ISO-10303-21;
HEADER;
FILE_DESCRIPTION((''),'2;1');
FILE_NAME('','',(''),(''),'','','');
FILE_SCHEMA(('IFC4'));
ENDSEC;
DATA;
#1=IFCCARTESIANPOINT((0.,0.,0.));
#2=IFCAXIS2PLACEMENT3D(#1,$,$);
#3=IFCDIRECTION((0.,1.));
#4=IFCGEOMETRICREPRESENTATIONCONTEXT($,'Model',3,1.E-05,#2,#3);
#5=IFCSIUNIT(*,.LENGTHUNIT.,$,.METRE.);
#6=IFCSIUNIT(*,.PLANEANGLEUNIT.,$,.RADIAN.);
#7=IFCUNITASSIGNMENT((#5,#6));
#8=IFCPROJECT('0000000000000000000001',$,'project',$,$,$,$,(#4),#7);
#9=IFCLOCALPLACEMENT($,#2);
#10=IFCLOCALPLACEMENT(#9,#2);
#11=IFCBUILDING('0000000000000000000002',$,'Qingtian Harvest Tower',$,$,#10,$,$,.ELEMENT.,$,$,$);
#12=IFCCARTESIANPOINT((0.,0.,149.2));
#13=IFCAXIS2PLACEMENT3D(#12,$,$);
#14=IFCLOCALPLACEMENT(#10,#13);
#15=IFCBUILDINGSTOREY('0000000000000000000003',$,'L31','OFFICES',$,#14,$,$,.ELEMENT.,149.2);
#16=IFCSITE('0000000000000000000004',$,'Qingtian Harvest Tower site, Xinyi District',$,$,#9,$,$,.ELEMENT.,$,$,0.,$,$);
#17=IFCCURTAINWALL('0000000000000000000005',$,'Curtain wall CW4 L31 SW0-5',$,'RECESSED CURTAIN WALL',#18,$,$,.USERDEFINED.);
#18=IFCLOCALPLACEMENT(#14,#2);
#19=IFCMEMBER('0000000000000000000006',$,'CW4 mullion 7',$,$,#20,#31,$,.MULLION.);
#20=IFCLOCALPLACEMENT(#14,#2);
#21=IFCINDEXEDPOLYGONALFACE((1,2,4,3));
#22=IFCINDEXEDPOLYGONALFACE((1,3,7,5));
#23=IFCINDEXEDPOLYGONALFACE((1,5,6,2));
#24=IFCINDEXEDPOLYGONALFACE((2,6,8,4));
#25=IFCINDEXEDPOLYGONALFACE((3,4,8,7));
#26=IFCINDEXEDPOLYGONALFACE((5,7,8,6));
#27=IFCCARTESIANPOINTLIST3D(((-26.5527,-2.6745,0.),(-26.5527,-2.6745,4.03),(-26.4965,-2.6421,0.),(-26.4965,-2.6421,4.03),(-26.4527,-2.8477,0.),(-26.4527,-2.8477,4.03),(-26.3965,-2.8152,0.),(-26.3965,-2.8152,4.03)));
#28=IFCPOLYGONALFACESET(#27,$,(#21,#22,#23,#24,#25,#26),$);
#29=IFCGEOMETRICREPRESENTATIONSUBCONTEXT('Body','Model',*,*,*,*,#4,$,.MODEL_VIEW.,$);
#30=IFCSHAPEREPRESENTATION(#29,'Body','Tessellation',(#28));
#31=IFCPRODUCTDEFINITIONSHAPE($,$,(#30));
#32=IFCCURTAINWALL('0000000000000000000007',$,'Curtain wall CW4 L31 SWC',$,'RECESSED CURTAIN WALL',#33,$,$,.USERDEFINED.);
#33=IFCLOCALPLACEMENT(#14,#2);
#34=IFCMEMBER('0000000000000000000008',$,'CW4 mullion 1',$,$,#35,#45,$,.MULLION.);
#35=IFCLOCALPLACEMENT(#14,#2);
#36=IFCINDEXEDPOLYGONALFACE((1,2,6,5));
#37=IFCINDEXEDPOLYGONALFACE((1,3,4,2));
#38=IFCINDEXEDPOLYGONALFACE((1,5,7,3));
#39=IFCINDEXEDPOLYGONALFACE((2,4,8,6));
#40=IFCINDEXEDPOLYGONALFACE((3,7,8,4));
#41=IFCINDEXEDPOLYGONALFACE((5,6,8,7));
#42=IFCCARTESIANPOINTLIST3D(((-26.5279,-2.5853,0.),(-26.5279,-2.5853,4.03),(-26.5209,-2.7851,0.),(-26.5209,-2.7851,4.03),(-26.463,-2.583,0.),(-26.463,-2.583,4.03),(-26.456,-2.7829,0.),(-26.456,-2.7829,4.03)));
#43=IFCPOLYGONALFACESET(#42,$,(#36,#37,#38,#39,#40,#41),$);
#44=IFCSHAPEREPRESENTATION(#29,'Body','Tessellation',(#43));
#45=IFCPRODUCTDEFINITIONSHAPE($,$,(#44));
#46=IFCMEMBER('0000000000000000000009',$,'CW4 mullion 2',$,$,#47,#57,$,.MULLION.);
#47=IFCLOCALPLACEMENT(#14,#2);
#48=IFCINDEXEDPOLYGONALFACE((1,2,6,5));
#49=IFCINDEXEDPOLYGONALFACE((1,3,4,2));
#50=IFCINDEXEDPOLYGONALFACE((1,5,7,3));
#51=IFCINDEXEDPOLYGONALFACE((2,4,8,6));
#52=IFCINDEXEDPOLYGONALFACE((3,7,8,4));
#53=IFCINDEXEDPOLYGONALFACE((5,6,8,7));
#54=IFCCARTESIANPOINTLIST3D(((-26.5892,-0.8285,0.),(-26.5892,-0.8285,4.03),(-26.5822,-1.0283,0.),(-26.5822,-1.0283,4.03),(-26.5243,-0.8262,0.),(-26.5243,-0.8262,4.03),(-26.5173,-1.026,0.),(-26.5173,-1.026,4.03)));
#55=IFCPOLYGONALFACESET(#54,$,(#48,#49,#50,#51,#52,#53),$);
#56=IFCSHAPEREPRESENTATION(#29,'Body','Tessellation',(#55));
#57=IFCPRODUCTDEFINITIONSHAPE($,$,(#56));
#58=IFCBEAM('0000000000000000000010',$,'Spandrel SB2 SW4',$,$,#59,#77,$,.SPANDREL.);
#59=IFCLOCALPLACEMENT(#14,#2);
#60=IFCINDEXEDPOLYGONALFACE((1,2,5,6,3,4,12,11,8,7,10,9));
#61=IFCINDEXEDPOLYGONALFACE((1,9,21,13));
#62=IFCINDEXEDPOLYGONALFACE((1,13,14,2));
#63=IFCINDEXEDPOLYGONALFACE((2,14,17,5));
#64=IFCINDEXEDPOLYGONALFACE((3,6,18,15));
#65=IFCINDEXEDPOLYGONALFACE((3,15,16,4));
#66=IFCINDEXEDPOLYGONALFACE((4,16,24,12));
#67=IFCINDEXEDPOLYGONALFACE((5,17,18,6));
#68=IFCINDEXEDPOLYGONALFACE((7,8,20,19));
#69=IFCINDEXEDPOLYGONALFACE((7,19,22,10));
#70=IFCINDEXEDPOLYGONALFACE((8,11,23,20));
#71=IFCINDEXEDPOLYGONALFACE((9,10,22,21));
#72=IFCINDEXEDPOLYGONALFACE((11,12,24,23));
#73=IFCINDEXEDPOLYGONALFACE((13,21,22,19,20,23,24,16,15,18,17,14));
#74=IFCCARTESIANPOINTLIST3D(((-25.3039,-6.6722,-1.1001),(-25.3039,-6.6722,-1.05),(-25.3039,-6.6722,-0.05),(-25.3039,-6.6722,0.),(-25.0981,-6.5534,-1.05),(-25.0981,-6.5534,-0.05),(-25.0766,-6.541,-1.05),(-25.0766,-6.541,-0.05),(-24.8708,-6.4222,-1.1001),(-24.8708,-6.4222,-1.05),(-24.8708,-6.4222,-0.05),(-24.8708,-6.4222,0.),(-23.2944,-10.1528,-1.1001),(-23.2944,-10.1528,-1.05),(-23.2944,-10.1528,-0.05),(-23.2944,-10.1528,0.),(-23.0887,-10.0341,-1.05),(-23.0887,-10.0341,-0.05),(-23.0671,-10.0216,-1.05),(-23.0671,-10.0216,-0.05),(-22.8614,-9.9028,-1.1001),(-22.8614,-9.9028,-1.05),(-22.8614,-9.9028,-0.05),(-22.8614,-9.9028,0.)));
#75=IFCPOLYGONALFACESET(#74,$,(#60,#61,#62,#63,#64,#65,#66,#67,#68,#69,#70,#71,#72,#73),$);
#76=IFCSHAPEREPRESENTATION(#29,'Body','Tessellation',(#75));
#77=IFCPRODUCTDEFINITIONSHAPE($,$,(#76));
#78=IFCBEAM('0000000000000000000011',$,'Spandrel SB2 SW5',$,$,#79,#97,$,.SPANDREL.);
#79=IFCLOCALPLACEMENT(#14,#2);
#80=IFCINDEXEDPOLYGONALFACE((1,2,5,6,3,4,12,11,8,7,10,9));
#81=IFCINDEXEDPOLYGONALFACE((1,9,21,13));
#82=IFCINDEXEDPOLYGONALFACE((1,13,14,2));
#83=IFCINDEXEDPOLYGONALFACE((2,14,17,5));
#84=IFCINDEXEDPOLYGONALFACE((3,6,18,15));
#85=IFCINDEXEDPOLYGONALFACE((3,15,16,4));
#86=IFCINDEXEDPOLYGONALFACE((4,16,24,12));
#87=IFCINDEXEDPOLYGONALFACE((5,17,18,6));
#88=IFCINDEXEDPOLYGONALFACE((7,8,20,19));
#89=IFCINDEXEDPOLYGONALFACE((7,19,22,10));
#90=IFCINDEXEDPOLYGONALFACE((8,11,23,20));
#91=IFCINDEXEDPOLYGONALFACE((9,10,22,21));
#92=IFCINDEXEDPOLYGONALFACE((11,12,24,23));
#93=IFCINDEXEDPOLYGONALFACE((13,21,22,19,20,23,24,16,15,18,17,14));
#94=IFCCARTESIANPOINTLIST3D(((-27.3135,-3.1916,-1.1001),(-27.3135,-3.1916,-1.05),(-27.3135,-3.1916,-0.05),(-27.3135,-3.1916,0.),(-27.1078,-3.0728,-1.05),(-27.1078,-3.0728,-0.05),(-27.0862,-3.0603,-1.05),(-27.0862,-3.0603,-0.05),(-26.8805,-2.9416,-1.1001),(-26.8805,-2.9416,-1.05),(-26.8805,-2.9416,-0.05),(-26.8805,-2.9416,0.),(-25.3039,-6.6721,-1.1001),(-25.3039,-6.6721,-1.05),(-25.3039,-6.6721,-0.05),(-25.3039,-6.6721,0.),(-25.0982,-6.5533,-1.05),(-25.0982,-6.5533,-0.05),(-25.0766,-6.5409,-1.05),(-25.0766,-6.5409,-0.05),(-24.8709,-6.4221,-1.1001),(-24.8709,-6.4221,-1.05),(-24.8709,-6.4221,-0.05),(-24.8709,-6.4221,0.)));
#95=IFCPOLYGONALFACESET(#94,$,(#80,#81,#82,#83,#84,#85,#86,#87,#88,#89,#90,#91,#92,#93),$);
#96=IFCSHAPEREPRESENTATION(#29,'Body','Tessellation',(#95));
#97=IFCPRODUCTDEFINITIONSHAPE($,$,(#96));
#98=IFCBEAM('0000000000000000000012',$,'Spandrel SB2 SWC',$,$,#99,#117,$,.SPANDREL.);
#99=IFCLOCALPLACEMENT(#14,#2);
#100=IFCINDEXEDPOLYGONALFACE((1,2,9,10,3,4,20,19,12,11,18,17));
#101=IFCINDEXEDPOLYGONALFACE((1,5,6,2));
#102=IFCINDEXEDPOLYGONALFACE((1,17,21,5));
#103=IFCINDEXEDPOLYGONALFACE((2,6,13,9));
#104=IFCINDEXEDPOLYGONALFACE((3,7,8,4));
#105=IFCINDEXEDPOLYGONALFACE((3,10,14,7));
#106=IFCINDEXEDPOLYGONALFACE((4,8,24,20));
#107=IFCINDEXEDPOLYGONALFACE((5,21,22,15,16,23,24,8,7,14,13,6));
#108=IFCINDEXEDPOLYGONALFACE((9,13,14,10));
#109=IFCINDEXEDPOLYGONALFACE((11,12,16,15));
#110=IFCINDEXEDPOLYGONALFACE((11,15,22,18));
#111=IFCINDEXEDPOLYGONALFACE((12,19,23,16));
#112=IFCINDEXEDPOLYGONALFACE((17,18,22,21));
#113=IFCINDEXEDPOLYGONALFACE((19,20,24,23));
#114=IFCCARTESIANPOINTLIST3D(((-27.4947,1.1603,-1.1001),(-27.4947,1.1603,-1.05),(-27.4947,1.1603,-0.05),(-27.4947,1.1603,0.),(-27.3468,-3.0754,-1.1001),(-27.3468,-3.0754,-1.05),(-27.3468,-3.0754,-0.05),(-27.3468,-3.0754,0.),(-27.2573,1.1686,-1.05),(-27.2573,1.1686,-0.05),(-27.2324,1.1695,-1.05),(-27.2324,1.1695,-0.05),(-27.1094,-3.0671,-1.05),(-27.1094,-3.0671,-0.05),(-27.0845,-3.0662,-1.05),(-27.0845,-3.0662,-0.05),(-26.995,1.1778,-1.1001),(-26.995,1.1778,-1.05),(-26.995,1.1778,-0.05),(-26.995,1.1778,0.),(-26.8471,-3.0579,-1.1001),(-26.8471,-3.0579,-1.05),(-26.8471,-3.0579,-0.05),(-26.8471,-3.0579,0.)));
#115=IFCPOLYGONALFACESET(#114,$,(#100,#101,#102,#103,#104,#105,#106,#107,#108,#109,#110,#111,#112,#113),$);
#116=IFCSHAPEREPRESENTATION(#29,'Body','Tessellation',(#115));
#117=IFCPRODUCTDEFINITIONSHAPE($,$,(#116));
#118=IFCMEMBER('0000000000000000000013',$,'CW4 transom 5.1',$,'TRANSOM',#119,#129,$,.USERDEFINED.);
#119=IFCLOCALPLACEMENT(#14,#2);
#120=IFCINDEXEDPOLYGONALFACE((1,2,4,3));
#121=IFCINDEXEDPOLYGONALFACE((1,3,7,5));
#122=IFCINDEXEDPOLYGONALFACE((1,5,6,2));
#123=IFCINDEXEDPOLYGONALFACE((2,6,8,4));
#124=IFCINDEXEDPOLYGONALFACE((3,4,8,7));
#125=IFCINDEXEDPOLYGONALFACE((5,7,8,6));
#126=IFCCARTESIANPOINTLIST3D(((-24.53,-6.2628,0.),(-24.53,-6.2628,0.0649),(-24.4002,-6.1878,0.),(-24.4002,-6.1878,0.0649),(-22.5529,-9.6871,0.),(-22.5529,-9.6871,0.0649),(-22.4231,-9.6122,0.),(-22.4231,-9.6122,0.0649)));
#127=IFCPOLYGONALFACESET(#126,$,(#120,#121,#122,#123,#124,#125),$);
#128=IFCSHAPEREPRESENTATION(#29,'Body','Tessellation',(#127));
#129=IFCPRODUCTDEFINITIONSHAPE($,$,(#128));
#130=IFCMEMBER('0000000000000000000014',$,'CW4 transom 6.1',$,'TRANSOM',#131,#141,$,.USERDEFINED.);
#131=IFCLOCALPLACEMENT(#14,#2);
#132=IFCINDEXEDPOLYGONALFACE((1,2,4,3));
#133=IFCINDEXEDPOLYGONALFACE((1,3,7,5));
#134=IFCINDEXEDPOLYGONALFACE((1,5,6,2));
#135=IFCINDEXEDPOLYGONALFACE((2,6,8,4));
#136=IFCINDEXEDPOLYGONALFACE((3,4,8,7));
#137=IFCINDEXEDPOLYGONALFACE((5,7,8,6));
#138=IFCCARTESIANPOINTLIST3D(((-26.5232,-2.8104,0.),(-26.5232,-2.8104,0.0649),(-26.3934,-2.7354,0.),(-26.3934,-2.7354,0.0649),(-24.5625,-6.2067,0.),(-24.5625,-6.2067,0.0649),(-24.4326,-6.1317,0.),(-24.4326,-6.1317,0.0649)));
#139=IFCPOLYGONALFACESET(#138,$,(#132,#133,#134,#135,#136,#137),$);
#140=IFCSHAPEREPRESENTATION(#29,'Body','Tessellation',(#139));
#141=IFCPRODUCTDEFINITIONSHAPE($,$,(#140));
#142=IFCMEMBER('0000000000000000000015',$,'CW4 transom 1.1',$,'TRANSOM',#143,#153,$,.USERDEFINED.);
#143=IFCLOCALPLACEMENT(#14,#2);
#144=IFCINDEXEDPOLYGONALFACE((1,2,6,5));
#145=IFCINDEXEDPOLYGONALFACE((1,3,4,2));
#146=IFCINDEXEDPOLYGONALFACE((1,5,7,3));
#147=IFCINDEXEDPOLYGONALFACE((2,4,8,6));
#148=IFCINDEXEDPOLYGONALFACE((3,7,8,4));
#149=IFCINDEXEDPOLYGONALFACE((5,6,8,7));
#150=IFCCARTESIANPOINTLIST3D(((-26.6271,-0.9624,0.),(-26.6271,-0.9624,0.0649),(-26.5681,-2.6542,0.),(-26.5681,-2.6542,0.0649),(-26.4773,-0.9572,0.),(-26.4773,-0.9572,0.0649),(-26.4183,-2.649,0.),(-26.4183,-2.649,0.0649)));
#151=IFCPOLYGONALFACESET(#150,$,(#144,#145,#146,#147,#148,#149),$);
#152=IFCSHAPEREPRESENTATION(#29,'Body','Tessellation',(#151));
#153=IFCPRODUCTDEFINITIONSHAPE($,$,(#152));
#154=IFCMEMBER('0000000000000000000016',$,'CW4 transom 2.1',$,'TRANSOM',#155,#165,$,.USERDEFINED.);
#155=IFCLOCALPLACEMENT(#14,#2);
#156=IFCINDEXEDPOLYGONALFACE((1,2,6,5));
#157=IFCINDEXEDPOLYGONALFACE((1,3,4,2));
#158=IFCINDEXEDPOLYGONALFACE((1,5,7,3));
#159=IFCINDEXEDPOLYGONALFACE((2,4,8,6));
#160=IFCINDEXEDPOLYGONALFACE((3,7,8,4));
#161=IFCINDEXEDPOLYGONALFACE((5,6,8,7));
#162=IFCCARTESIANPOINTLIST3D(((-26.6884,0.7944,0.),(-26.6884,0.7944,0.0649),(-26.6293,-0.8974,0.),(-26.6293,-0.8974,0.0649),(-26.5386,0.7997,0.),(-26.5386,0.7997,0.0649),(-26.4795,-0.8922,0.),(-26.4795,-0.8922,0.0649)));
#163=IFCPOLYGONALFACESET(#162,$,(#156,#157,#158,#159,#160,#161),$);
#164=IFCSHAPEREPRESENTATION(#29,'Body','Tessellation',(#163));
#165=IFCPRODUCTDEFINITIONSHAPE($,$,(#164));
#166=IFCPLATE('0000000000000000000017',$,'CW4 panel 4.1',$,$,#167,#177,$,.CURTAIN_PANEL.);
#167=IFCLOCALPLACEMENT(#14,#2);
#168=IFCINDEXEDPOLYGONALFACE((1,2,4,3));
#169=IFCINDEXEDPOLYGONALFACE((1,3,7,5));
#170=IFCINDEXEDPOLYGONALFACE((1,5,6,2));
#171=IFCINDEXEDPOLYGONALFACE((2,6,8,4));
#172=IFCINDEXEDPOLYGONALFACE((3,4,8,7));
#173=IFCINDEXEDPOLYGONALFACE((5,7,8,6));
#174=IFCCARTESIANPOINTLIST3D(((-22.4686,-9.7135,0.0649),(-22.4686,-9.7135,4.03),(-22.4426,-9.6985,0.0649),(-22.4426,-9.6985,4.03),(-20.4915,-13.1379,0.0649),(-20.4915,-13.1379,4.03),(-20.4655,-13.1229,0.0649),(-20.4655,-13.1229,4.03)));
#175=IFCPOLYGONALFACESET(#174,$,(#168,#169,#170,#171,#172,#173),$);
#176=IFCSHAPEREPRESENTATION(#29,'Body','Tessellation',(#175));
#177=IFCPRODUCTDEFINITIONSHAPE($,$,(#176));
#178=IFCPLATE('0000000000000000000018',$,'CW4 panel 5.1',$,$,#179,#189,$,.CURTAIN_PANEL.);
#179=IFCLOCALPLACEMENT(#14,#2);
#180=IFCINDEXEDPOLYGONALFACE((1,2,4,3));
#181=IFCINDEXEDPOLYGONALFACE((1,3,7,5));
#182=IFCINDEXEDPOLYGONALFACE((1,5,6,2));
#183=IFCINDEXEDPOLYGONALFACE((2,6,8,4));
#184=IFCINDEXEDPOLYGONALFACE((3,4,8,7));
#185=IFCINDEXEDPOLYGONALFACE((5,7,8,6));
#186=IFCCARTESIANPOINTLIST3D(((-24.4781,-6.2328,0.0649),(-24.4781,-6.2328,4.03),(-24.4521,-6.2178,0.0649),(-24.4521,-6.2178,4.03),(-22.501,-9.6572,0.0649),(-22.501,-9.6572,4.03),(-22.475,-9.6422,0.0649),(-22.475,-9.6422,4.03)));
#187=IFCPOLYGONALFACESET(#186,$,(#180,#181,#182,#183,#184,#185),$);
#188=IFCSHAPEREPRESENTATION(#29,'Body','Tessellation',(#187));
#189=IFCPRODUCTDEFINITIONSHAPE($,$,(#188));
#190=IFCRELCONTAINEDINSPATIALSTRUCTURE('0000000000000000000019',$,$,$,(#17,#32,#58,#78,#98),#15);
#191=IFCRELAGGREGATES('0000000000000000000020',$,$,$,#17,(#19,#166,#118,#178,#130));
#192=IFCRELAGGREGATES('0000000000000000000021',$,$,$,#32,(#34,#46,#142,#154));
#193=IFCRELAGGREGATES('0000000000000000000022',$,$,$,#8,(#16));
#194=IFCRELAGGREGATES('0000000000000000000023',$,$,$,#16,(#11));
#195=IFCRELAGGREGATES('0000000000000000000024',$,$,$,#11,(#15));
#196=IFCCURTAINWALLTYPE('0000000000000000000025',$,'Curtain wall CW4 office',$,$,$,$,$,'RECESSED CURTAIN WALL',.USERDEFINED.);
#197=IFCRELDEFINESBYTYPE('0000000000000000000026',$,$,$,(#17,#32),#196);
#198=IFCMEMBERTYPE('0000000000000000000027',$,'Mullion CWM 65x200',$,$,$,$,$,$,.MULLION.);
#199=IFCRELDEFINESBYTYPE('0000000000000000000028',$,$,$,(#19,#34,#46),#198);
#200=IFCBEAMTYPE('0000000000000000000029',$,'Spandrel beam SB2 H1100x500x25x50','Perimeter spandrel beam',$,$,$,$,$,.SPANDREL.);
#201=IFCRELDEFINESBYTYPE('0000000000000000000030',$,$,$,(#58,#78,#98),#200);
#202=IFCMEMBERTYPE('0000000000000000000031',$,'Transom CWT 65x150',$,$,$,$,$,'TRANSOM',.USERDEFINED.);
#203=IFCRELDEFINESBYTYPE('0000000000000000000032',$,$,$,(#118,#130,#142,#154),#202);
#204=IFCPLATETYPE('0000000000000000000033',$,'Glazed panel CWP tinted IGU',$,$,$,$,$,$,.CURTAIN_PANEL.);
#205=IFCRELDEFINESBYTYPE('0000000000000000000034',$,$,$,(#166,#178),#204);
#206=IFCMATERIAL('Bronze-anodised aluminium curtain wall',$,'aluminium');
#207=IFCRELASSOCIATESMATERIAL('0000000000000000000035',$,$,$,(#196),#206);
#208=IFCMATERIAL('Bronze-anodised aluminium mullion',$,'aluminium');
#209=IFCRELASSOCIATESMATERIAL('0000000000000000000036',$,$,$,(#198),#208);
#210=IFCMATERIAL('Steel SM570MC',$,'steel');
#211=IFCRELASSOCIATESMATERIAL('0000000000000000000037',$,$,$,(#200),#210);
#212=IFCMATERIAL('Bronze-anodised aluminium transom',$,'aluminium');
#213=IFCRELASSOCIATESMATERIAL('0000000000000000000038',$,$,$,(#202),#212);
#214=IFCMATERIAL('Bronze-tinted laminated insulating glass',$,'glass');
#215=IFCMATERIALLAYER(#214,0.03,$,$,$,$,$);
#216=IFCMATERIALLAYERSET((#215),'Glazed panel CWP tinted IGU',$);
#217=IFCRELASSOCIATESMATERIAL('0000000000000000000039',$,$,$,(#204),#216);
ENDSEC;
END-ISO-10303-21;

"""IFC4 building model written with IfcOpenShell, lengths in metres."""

from ifc_helpers import new_model, si_unit, direction, frame, origin, origin_2d, place, context, subcontext, project, spatial, rectangle, i_section, extrude, material, layer, layer_set, material_profile, profile_set, type_object, element, aggregate, save


model = new_model("IFC4")

# Units and contexts
model_context = context("Model", 3, precision=1e-05, world=origin(), true_north=direction((0.0, 1.0)))
body_context = subcontext(model_context, "Body", "Model", "MODEL_VIEW")
ifc_project = project(units=[si_unit("LENGTHUNIT", "METRE"), si_unit("PLANEANGLEUNIT", "RADIAN")], contexts=[model_context])

# Site, building, storey
site_placement = place(None, origin())
site = spatial("IfcSite", under=ifc_project, at=site_placement, Name="Qingtian Harvest Tower site, Xinyi District", CompositionType="ELEMENT", RefElevation=0.0)
building_placement = place(site_placement, origin())
building = spatial("IfcBuilding", under=site, at=building_placement, Name="Qingtian Harvest Tower", CompositionType="ELEMENT")
storey_placement = place(building_placement, frame((0.0, 0.0, 149.2)))
storey = spatial("IfcBuildingStorey", under=building, at=storey_placement, Name="L31", Description="OFFICES", CompositionType="ELEMENT", Elevation=149.2)

# Curtain walls, members
ifc_material_1 = material(Name="Bronze-anodised aluminium curtain wall", Category="aluminium")
curtain_wall_type = type_object("IfcCurtainWallType", Name="Curtain wall CW4 office", ElementType="RECESSED CURTAIN WALL", PredefinedType="USERDEFINED", material=ifc_material_1)
curtain_wall_1_placement = place(storey_placement, origin())
curtain_wall_1 = element("IfcCurtainWall", 1, at=curtain_wall_1_placement, inside=storey, type_object=curtain_wall_type, Name="Curtain wall CW4 L31 SW0-5", ObjectType="RECESSED CURTAIN WALL", PredefinedType="USERDEFINED")
ifc_material_2 = material(Name="Bronze-anodised aluminium mullion", Category="aluminium")
ifc_material_profile_1 = material_profile(ifc_material_2, rectangle(XDim=0.0649, YDim=0.2, at=origin_2d()), Name="AL 65x200")
ifc_profile_set_1 = profile_set([ifc_material_profile_1], Name="Bronze-anodised aluminium mullion")
member_type_1 = type_object("IfcMemberType", Name="Mullion CWM 65x200", PredefinedType="MULLION", material=ifc_profile_set_1)
member_1_placement = place(storey_placement, frame((-26.4746, -2.7449, 0.0), z_axis=(0.0, 0.0, 1.0), x_axis=(-0.866025, -0.5, 0.0)))
member_1 = element("IfcMember", 2, at=member_1_placement, type_object=member_type_1, Name="CW4 mullion 7", PredefinedType="MULLION", context=body_context, shape_type="SweptSolid", body=[
    extrude(rectangle(XDim=0.0649, YDim=0.2, at=origin_2d()), origin(), (0.0, 0.0, 1.0), 4.03),
])
curtain_wall_2_placement = place(storey_placement, origin())
curtain_wall_2 = element("IfcCurtainWall", 3, at=curtain_wall_2_placement, inside=storey, type_object=curtain_wall_type, Name="Curtain wall CW4 L31 SWC", ObjectType="RECESSED CURTAIN WALL", PredefinedType="USERDEFINED")
member_2_placement = place(storey_placement, frame((-26.4919, -2.6841, 0.0), z_axis=(0.0, 0.0, 1.0), x_axis=(-0.999391, -0.034899, 0.0)))
member_2 = element("IfcMember", 4, at=member_2_placement, type_object=member_type_1, Name="CW4 mullion 1", PredefinedType="MULLION", context=body_context, shape_type="SweptSolid", body=[
    extrude(rectangle(XDim=0.0649, YDim=0.2, at=origin_2d()), origin(), (0.0, 0.0, 1.0), 4.03),
])
member_3_placement = place(storey_placement, frame((-26.5532, -0.9272, 0.0), z_axis=(0.0, 0.0, 1.0), x_axis=(-0.999391, -0.034899, 0.0)))
member_3 = element("IfcMember", 5, at=member_3_placement, type_object=member_type_1, Name="CW4 mullion 2", PredefinedType="MULLION", context=body_context, shape_type="SweptSolid", body=[
    extrude(rectangle(XDim=0.0649, YDim=0.2, at=origin_2d()), origin(), (0.0, 0.0, 1.0), 4.03),
])

# Beams
ifc_material_3 = material(Name="Steel SM570MC", Category="steel")
ifc_material_profile_2 = material_profile(ifc_material_3, i_section(OverallWidth=0.5, OverallDepth=1.1001, WebThickness=0.0249, FlangeThickness=0.05, at=origin_2d()), Name="H1100x500x25x50")
ifc_profile_set_2 = profile_set([ifc_material_profile_2], Name="Steel SM570MC")
beam_type_1 = type_object("IfcBeamType", Name="Spandrel beam SB2 H1100x500x25x50", Description="Perimeter spandrel beam", PredefinedType="SPANDREL", material=ifc_profile_set_2)
for number, where, z_axis, x_axis, name in (
    (6, (-23.0779, -10.0278, -0.55), (-0.499987, 0.866033, 0.0), (-0.866033, -0.499987, 0.0), "Spandrel SB2 SW4"),
    (7, (-25.0874, -6.5471, -0.55), (-0.500013, 0.866018, 0.0), (-0.866018, -0.500013, 0.0), "Spandrel SB2 SW5"),
):
    element("IfcBeam", number, at=place(storey_placement, frame(where, z_axis=z_axis, x_axis=x_axis)), inside=storey, type_object=beam_type_1, Name=name, PredefinedType="SPANDREL", context=body_context, shape_type="SweptSolid", body=[
        extrude(i_section(OverallWidth=0.5, OverallDepth=1.1001, WebThickness=0.0249, FlangeThickness=0.05, at=origin_2d()), origin(), (0.0, 0.0, 1.0), 4.019),
    ])
beam_1_placement = place(storey_placement, frame((-27.0969, -3.0667, -0.55), z_axis=(-0.034909, 0.999391, 0.0), x_axis=(-0.999391, -0.034909, 0.0)))
element("IfcBeam", 8, at=beam_1_placement, inside=storey, type_object=beam_type_1, Name="Spandrel SB2 SWC", PredefinedType="SPANDREL", context=body_context, shape_type="SweptSolid", body=[
    extrude(i_section(OverallWidth=0.5, OverallDepth=1.1001, WebThickness=0.0249, FlangeThickness=0.05, at=origin_2d()), origin(), (0.0, 0.0, 1.0), 4.2383),
])

# Members
ifc_material_4 = material(Name="Bronze-anodised aluminium transom", Category="aluminium")
ifc_material_profile_3 = material_profile(ifc_material_4, rectangle(XDim=0.1499, YDim=0.0649, at=origin_2d()), Name="AL 65x150")
ifc_profile_set_3 = profile_set([ifc_material_profile_3], Name="Bronze-anodised aluminium transom")
member_type_2 = type_object("IfcMemberType", Name="Transom CWT 65x150", ElementType="TRANSOM", PredefinedType="USERDEFINED", material=ifc_profile_set_3)
member_4_placement = place(storey_placement, frame((-22.488, -9.6497, 0.0325), z_axis=(-0.500004, 0.866023, 0.0), x_axis=(-0.866023, -0.500004, 0.0)))
member_4 = element("IfcMember", 9, at=member_4_placement, type_object=member_type_2, Name="CW4 transom 5.1", ObjectType="TRANSOM", PredefinedType="USERDEFINED", context=body_context, shape_type="SweptSolid", body=[
    extrude(rectangle(XDim=0.1499, YDim=0.0649, at=origin_2d()), origin(), (0.0, 0.0, 1.0), 3.9541),
])
member_5_placement = place(storey_placement, frame((-24.4976, -6.1692, 0.0325), z_axis=(-0.499976, 0.866039, 0.0), x_axis=(-0.866039, -0.499976, 0.0)))
member_5 = element("IfcMember", 10, at=member_5_placement, type_object=member_type_2, Name="CW4 transom 6.1", ObjectType="TRANSOM", PredefinedType="USERDEFINED", context=body_context, shape_type="SweptSolid", body=[
    extrude(rectangle(XDim=0.1499, YDim=0.0649, at=origin_2d()), origin(), (0.0, 0.0, 1.0), 3.9216),
])
member_6_placement = place(storey_placement, frame((-26.4932, -2.6516, 0.0325), z_axis=(-0.034899, 0.999391, 0.0), x_axis=(-0.999391, -0.034899, 0.0)))
member_6 = element("IfcMember", 11, at=member_6_placement, type_object=member_type_2, Name="CW4 transom 1.1", ObjectType="TRANSOM", PredefinedType="USERDEFINED", context=body_context, shape_type="SweptSolid", body=[
    extrude(rectangle(XDim=0.1499, YDim=0.0649, at=origin_2d()), origin(), (0.0, 0.0, 1.0), 1.6929),
])
member_7_placement = place(storey_placement, frame((-26.5544, -0.8948, 0.0325), z_axis=(-0.034899, 0.999391, 0.0), x_axis=(-0.999391, -0.034899, 0.0)))
member_7 = element("IfcMember", 12, at=member_7_placement, type_object=member_type_2, Name="CW4 transom 2.1", ObjectType="TRANSOM", PredefinedType="USERDEFINED", context=body_context, shape_type="SweptSolid", body=[
    extrude(rectangle(XDim=0.1499, YDim=0.0649, at=origin_2d()), origin(), (0.0, 0.0, 1.0), 1.6929),
])

# Plates
ifc_material_5 = material(Name="Bronze-tinted laminated insulating glass", Category="glass")
ifc_layer_1 = layer(ifc_material_5, 0.03)
ifc_layer_set_1 = layer_set([ifc_layer_1], Name="Glazed panel CWP tinted IGU")
plate_type = type_object("IfcPlateType", Name="Glazed panel CWP tinted IGU", PredefinedType="CURTAIN_PANEL", material=ifc_layer_set_1)
plate_1_placement = place(storey_placement, frame((-21.467, -11.4182, 0.0649), z_axis=(0.0, 0.0, 1.0), x_axis=(-0.5, 0.866025, 0.0)))
plate_1 = element("IfcPlate", 13, at=plate_1_placement, type_object=plate_type, Name="CW4 panel 4.1", PredefinedType="CURTAIN_PANEL", context=body_context, shape_type="SweptSolid", body=[
    extrude(rectangle(XDim=3.9541, YDim=0.03, at=origin_2d()), origin(), (0.0, 0.0, 1.0), 3.9651),
])
plate_2_placement = place(storey_placement, frame((-23.4766, -7.9375, 0.0649), z_axis=(0.0, 0.0, 1.0), x_axis=(-0.5, 0.866025, 0.0)))
plate_2 = element("IfcPlate", 14, at=plate_2_placement, type_object=plate_type, Name="CW4 panel 5.1", PredefinedType="CURTAIN_PANEL", context=body_context, shape_type="SweptSolid", body=[
    extrude(rectangle(XDim=3.9541, YDim=0.03, at=origin_2d()), origin(), (0.0, 0.0, 1.0), 3.9651),
])
aggregate(curtain_wall_1, [member_1, plate_1, member_4, plate_2, member_5])
aggregate(curtain_wall_2, [member_2, member_3, member_6, member_7])

save(model, "model.ifc")
